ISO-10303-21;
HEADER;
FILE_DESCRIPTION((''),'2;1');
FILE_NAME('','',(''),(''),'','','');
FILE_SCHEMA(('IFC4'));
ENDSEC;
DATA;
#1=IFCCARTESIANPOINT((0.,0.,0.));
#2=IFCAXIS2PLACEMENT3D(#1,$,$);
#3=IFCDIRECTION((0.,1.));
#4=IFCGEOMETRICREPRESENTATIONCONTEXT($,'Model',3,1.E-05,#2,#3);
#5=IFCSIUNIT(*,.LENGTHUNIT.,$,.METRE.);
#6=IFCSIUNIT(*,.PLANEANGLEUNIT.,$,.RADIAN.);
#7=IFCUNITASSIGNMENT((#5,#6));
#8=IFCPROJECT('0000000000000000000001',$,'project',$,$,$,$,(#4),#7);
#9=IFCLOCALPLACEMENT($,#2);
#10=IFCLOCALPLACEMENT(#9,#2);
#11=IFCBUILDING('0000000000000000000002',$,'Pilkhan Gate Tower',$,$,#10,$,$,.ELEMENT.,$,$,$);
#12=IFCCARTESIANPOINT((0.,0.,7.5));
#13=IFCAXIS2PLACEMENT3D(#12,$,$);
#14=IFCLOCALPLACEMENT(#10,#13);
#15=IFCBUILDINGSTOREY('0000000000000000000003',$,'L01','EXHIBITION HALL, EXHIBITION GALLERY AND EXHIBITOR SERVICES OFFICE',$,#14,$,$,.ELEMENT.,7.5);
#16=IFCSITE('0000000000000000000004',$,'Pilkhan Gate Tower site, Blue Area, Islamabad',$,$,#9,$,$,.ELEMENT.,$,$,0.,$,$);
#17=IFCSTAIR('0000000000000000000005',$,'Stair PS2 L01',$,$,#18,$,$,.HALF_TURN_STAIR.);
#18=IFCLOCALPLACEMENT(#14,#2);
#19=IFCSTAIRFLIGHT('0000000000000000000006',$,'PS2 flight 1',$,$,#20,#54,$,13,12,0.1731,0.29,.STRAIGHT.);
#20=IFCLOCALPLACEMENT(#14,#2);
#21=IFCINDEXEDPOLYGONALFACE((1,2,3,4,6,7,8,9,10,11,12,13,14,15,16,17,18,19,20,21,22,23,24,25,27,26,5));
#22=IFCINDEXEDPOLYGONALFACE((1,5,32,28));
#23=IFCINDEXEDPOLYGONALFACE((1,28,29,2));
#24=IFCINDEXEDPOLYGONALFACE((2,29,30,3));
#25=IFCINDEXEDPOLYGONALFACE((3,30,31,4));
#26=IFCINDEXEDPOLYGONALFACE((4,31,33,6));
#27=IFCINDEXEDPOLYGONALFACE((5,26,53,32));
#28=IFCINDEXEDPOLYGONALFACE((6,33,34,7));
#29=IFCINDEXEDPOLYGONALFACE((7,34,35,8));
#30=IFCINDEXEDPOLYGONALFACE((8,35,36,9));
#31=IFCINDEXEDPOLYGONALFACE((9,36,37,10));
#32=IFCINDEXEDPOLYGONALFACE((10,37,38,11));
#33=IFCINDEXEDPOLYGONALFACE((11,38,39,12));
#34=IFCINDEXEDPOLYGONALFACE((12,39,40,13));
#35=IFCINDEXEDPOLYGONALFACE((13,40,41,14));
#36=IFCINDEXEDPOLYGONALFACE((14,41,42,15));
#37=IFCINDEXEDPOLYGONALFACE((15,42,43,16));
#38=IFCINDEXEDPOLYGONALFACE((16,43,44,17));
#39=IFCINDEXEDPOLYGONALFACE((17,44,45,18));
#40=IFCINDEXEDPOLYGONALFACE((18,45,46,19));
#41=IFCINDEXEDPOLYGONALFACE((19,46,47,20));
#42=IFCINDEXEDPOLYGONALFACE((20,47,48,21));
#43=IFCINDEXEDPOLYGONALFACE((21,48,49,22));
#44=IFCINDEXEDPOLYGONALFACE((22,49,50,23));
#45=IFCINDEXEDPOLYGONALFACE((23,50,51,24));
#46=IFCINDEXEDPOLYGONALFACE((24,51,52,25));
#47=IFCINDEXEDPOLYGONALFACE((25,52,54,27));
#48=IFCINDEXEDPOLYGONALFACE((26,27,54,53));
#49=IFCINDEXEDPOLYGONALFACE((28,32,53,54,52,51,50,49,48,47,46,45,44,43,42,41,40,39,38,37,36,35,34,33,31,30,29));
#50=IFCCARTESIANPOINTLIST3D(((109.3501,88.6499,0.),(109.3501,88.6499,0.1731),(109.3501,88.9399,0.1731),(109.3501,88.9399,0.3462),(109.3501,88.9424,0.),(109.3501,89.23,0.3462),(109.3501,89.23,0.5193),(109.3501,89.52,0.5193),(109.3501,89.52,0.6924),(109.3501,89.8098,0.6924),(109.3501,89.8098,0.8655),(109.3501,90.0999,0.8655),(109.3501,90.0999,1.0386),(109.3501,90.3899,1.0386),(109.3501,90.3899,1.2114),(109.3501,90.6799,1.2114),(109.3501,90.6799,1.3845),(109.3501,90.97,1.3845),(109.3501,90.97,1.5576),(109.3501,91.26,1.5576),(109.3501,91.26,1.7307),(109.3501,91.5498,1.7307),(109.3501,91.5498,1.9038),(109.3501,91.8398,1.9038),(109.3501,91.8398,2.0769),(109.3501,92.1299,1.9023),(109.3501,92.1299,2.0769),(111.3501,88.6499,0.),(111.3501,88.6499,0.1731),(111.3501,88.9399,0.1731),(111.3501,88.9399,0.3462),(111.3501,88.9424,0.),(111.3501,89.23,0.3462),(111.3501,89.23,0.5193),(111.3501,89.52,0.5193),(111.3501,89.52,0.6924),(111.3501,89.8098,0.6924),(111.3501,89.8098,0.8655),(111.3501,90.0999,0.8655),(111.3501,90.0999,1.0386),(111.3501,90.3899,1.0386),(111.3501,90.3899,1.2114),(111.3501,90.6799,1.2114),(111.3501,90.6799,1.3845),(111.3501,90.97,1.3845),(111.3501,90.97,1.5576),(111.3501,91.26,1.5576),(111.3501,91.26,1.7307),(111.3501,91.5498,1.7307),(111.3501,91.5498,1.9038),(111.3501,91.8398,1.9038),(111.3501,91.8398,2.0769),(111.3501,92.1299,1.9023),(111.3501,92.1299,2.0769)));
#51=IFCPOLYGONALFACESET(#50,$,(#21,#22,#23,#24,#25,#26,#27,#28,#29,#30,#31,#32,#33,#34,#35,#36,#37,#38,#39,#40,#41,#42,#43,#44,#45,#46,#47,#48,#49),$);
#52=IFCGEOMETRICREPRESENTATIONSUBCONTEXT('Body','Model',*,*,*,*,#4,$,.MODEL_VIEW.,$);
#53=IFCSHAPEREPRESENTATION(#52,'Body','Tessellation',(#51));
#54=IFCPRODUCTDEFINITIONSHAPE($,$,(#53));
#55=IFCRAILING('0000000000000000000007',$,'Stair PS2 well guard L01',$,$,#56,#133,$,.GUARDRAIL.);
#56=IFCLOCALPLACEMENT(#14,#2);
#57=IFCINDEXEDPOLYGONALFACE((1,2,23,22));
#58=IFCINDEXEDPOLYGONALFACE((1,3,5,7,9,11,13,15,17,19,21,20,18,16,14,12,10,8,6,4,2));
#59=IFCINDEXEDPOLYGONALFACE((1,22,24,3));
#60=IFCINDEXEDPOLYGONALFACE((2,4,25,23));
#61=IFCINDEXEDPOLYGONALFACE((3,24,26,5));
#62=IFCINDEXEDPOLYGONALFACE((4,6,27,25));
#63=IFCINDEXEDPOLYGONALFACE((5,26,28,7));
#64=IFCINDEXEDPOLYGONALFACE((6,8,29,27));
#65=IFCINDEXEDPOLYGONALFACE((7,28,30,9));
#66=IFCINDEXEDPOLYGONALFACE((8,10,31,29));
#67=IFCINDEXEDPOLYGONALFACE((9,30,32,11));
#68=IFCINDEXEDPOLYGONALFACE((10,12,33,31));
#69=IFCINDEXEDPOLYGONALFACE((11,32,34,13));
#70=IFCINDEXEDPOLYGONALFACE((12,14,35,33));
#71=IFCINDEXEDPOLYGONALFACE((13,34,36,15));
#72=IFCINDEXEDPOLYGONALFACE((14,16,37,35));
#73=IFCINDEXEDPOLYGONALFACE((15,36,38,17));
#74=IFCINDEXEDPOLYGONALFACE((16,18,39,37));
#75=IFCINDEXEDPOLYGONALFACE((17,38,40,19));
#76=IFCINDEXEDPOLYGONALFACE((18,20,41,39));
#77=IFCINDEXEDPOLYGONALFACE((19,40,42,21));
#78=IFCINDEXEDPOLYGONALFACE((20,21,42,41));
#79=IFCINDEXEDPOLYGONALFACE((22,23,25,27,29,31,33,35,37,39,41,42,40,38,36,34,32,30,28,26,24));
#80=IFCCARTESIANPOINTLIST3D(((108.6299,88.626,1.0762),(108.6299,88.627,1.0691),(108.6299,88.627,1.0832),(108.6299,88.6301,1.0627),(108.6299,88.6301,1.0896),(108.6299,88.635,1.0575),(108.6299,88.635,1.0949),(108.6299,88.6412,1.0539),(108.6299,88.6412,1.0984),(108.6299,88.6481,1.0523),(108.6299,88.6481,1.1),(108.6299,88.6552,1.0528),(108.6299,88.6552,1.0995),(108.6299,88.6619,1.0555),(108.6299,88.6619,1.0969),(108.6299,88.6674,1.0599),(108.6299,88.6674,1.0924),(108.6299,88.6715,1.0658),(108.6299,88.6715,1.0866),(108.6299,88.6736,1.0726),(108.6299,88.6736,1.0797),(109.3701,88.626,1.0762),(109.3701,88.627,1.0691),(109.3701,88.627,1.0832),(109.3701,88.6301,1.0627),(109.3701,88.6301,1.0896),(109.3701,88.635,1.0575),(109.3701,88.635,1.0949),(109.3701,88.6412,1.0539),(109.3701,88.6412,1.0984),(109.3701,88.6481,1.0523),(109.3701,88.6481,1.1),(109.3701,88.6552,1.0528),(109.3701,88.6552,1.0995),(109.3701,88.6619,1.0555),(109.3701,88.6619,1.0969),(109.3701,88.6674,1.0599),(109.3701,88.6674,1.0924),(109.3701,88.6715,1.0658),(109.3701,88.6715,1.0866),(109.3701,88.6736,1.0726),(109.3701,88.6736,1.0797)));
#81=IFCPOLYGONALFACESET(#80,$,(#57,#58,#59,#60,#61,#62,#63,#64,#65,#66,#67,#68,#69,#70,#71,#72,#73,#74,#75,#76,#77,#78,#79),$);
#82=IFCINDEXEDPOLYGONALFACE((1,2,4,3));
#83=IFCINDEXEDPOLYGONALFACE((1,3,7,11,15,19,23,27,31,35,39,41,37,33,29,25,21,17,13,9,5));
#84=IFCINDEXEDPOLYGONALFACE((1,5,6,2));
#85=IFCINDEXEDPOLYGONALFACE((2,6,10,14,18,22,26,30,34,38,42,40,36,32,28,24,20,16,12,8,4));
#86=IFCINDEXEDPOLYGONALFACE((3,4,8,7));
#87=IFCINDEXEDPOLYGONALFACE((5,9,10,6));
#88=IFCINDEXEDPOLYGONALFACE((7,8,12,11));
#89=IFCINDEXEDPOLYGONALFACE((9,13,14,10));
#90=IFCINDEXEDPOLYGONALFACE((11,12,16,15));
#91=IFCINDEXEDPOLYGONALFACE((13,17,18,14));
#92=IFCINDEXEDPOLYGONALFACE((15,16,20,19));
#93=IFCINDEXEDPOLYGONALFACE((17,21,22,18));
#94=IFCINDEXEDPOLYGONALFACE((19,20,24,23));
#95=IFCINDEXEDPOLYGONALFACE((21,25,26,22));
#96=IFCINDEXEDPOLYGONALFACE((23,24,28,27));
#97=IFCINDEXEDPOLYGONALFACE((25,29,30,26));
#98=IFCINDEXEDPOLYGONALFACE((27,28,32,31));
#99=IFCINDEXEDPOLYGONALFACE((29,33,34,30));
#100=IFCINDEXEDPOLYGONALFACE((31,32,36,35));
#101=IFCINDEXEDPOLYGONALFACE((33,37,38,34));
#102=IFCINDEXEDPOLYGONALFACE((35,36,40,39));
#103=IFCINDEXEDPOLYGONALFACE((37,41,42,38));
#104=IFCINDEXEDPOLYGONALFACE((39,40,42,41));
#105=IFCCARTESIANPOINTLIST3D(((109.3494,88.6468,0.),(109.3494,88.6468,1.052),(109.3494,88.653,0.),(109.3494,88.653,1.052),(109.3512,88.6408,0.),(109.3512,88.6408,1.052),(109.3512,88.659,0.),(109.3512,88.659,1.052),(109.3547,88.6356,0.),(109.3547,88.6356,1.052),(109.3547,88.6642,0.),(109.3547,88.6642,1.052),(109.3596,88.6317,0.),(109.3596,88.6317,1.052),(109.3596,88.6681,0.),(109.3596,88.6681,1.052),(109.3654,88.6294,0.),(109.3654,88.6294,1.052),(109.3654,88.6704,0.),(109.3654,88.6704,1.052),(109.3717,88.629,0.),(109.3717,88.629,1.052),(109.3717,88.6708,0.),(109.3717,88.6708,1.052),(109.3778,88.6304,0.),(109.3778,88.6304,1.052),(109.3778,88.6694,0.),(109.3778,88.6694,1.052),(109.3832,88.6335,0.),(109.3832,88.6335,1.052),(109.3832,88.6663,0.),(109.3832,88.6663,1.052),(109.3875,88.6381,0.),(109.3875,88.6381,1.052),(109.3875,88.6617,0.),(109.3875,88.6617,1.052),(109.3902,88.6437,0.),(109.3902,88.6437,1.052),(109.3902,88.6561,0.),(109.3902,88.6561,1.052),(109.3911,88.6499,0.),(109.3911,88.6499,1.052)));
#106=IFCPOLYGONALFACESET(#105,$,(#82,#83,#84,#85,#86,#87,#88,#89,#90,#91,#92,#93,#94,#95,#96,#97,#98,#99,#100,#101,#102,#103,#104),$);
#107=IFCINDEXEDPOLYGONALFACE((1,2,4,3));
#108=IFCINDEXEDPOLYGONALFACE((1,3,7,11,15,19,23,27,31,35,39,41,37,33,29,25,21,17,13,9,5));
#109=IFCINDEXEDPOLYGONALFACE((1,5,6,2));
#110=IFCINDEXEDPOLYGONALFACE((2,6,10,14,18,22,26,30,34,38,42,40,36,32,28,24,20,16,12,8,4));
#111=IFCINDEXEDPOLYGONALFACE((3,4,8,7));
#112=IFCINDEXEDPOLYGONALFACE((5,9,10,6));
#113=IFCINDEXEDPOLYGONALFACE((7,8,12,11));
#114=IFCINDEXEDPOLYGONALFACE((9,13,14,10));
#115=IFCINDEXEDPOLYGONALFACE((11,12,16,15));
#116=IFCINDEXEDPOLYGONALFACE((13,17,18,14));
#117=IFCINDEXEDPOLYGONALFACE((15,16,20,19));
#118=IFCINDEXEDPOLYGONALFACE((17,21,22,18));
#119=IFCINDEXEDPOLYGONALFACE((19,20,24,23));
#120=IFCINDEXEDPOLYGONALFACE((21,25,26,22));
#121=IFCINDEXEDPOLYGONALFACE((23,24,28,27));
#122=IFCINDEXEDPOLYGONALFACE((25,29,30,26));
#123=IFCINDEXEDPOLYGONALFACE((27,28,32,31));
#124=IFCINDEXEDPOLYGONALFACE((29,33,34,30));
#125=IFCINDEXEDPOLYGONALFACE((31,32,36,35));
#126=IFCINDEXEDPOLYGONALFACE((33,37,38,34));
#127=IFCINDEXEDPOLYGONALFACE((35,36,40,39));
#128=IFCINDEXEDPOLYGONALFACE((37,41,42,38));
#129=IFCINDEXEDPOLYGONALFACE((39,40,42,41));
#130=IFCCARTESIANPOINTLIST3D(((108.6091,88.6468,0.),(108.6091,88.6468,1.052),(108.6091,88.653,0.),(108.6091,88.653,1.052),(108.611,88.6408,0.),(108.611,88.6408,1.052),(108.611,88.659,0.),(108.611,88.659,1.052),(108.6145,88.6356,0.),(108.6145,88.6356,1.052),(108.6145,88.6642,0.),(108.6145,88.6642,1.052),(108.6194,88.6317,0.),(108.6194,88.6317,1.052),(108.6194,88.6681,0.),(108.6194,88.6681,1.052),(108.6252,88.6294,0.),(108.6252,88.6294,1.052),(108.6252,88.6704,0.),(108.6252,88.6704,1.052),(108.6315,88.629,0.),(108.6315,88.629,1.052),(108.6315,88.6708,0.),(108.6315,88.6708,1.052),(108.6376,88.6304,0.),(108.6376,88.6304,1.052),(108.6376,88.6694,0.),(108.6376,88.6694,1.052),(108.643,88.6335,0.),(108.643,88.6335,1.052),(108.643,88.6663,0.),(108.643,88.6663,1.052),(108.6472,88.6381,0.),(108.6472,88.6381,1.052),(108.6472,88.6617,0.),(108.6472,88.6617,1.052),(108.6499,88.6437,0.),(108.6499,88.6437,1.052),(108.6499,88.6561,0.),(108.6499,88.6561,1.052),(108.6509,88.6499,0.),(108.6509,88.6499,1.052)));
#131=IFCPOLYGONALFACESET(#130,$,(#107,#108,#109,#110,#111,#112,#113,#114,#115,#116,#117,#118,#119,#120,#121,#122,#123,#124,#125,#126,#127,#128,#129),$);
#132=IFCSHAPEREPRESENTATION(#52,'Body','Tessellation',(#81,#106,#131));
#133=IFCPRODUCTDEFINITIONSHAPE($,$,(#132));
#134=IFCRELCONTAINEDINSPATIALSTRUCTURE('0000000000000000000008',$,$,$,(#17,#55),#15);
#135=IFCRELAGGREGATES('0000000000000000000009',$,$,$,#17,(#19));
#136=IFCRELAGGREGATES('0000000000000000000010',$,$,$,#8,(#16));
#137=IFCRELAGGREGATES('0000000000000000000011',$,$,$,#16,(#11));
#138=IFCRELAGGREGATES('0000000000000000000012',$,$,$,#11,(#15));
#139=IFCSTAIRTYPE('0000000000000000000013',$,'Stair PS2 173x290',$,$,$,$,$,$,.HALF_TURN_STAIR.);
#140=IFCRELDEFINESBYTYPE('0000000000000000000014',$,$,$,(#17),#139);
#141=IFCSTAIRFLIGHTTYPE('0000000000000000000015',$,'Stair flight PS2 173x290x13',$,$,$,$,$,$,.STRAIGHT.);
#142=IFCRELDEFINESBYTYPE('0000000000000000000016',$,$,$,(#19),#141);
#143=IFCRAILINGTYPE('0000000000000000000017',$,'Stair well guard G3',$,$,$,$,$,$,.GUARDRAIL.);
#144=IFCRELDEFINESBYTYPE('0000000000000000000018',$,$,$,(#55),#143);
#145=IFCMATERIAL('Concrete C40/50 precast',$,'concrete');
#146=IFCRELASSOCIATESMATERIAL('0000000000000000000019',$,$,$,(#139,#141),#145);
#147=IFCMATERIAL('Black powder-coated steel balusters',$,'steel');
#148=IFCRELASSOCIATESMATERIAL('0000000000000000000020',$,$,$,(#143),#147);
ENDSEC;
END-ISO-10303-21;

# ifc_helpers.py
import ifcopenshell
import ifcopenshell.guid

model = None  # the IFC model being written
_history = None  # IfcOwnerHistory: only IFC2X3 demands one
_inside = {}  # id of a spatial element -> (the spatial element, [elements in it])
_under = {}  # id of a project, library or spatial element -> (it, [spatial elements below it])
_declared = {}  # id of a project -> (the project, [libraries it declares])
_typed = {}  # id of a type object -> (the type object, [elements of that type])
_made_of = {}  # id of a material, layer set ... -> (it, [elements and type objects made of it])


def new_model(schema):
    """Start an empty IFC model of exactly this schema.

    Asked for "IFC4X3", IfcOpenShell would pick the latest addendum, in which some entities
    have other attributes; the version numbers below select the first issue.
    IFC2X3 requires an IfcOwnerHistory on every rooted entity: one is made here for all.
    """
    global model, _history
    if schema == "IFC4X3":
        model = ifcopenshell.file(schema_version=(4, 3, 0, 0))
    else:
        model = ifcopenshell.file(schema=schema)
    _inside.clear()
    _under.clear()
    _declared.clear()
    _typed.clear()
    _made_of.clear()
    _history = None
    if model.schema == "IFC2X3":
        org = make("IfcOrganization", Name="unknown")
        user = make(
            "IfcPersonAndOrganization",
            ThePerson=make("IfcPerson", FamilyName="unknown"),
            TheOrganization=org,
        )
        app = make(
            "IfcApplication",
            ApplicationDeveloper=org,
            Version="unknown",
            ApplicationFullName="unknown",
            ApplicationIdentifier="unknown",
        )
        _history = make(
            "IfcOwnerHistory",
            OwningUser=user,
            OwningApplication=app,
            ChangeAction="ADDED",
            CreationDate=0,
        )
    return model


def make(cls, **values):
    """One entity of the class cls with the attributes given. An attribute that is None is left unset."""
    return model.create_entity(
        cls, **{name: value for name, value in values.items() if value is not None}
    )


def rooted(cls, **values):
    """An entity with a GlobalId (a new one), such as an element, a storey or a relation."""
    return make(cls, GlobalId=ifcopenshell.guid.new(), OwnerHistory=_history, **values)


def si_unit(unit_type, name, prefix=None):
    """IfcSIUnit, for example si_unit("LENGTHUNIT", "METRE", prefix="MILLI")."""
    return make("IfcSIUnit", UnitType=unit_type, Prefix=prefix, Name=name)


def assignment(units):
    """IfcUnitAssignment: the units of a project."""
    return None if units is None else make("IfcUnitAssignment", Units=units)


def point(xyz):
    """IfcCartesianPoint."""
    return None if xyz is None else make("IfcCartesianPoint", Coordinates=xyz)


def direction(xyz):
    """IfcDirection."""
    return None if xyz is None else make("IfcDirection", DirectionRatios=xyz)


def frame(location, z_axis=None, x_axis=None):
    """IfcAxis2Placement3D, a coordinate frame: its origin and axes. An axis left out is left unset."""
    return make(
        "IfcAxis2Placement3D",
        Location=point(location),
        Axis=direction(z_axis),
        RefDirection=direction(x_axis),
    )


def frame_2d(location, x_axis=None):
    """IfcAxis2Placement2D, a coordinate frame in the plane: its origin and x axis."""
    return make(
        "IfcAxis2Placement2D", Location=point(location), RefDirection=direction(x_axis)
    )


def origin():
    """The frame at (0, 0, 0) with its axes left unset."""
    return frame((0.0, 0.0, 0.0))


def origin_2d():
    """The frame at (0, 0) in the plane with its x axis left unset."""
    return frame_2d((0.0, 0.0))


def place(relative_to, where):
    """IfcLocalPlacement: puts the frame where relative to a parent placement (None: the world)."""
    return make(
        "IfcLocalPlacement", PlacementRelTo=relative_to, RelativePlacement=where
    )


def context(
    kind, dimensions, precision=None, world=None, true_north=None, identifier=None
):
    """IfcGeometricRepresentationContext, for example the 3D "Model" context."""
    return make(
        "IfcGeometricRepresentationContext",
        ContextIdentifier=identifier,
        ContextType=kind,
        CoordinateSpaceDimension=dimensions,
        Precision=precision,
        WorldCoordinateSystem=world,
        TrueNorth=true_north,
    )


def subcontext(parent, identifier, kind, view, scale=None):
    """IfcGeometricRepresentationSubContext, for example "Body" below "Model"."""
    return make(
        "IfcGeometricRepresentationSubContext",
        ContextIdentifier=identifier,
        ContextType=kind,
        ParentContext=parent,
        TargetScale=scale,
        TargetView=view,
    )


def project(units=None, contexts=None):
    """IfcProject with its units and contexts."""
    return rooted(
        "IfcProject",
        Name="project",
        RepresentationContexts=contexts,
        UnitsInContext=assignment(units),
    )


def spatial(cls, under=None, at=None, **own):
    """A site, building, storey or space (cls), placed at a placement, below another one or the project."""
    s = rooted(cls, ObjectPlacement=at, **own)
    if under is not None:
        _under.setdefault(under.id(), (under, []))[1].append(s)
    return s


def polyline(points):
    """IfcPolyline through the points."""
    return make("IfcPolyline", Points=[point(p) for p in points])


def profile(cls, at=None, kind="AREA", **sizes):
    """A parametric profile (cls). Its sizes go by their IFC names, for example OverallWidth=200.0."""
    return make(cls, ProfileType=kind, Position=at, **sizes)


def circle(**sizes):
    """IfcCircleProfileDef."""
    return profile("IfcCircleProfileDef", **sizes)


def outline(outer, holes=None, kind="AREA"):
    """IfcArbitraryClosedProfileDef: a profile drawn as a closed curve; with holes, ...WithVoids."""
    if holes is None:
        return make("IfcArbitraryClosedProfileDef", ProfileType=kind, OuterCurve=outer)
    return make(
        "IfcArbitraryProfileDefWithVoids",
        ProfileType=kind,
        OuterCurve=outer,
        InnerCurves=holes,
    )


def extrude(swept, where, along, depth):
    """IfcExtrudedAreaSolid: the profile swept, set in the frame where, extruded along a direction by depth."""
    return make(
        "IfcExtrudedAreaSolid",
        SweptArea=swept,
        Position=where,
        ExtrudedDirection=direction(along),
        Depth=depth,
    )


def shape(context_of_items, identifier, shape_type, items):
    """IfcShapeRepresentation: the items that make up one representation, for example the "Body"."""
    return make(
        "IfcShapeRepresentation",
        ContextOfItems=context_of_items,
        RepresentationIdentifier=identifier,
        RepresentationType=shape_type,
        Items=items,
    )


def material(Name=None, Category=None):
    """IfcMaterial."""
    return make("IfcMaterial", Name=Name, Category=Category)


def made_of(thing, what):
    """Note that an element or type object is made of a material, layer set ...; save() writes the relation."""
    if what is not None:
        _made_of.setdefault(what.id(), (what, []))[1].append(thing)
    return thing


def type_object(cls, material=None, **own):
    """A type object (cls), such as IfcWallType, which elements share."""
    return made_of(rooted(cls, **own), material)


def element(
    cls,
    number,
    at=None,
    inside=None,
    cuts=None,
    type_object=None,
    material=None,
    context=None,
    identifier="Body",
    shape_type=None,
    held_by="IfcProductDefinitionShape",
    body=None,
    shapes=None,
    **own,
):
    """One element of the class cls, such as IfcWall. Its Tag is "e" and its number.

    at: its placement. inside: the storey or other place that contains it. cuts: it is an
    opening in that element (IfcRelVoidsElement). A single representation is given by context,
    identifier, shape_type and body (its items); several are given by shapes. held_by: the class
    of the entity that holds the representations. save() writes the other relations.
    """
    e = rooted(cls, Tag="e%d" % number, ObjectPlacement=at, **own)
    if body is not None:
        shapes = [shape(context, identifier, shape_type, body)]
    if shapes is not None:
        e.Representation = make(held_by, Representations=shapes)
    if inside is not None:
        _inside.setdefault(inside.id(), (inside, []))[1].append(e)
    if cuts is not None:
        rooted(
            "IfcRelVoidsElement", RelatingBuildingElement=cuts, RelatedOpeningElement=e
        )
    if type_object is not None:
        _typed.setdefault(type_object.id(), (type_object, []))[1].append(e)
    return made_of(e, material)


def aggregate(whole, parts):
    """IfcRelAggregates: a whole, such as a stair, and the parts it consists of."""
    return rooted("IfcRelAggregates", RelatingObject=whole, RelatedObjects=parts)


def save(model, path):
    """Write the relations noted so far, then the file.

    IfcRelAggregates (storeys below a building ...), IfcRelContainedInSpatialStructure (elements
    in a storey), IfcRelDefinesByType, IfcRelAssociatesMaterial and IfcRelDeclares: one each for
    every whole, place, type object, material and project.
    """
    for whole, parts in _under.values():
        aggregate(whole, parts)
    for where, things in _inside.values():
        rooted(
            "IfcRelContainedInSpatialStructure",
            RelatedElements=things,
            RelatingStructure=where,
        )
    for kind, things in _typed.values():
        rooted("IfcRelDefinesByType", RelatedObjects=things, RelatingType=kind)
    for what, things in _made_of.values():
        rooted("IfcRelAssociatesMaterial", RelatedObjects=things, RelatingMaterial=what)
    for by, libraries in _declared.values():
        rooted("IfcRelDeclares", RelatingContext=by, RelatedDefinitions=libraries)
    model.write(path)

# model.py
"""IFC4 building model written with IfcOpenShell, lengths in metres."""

from ifc_helpers import new_model, si_unit, direction, frame, origin, origin_2d, place, context, subcontext, project, spatial, polyline, circle, outline, extrude, material, type_object, element, aggregate, save


model = new_model("IFC4")

# Units and contexts
model_context = context("Model", 3, precision=1e-05, world=origin(), true_north=direction((0.0, 1.0)))
body_context = subcontext(model_context, "Body", "Model", "MODEL_VIEW")
ifc_project = project(units=[si_unit("LENGTHUNIT", "METRE"), si_unit("PLANEANGLEUNIT", "RADIAN")], contexts=[model_context])

# Site, building, storey
site_placement = place(None, origin())
site = spatial("IfcSite", under=ifc_project, at=site_placement, Name="Pilkhan Gate Tower site, Blue Area, Islamabad", CompositionType="ELEMENT", RefElevation=0.0)
building_placement = place(site_placement, origin())
building = spatial("IfcBuilding", under=site, at=building_placement, Name="Pilkhan Gate Tower", CompositionType="ELEMENT")
storey_placement = place(building_placement, frame((0.0, 0.0, 7.5)))
storey = spatial("IfcBuildingStorey", under=building, at=storey_placement, Name="L01", Description="EXHIBITION HALL, EXHIBITION GALLERY AND EXHIBITOR SERVICES OFFICE", CompositionType="ELEMENT", Elevation=7.5)

# Stair, stair flight
ifc_material_1 = material(Name="Concrete C40/50 precast", Category="concrete")
stair_type = type_object("IfcStairType", Name="Stair PS2 173x290", PredefinedType="HALF_TURN_STAIR", material=ifc_material_1)
stair_placement = place(storey_placement, origin())
stair = element("IfcStair", 1, at=stair_placement, inside=storey, type_object=stair_type, Name="Stair PS2 L01", PredefinedType="HALF_TURN_STAIR")
stair_flight_type = type_object("IfcStairFlightType", Name="Stair flight PS2 173x290x13", PredefinedType="STRAIGHT", material=ifc_material_1)
stair_flight_placement = place(storey_placement, frame((110.3501, 88.6499, 0.0), z_axis=(0.0, 0.0, 1.0), x_axis=(0.0, 1.0, 0.0)))
stair_flight = element("IfcStairFlight", 2, at=stair_flight_placement, type_object=stair_flight_type, Name="PS2 flight 1", NumberOfRisers=13, NumberOfTreads=12, PredefinedType="STRAIGHT", RiserHeight=0.1731, TreadLength=0.29, context=body_context, shape_type="SweptSolid", body=[
    extrude(outline(polyline([(0.0, 0.0), (0.0, 0.1731), (0.29, 0.1731), (0.29, 0.3462), (0.5801, 0.3462), (0.5801, 0.5193), (0.8701, 0.5193), (0.8701, 0.6924), (1.1599, 0.6924), (1.1599, 0.8655), (1.45, 0.8655), (1.45, 1.0386), (1.74, 1.0386), (1.74, 1.2114), (2.03, 1.2114), (2.03, 1.3845), (2.3201, 1.3845), (2.3201, 1.5576), (2.6101, 1.5576), (2.6101, 1.7307), (2.8999, 1.7307), (2.8999, 1.9038), (3.1899, 1.9038), (3.1899, 2.0769), (3.48, 2.0769), (3.48, 2.25), (3.48, 1.9023), (0.2925, 0.0), (0.0, 0.0)])), frame((0.0, 1.0, 0.0), z_axis=(0.0, -1.0, 0.0), x_axis=(1.0, 0.0, 0.0)), (0.0, 0.0, 1.0), 2.0),
])
aggregate(stair, [stair_flight])

# Railing
ifc_material_2 = material(Name="Black powder-coated steel balusters", Category="steel")
railing_type = type_object("IfcRailingType", Name="Stair well guard G3", PredefinedType="GUARDRAIL", material=ifc_material_2)
railing_1_placement = place(storey_placement, frame((109.3701, 88.6499, 0.0)))
element("IfcRailing", 3, at=railing_1_placement, inside=storey, type_object=railing_type, Name="Stair PS2 well guard L01", PredefinedType="GUARDRAIL", context=body_context, shape_type="SweptSolid", body=[
    extrude(circle(Radius=0.0239, at=origin_2d()), frame((0.0, 0.0, 1.0762), z_axis=(-1.0, 0.0, 0.0), x_axis=(0.0, -1.0, 0.0)), (0.0, 0.0, 1.0), 0.7402),
    extrude(circle(Radius=0.021, at=origin_2d()), origin(), (0.0, 0.0, 1.0), 1.052),
    extrude(circle(Radius=0.021, at=origin_2d()), frame((-0.7402, 0.0, 0.0)), (0.0, 0.0, 1.0), 1.052),
])

save(model, "model.ifc")
